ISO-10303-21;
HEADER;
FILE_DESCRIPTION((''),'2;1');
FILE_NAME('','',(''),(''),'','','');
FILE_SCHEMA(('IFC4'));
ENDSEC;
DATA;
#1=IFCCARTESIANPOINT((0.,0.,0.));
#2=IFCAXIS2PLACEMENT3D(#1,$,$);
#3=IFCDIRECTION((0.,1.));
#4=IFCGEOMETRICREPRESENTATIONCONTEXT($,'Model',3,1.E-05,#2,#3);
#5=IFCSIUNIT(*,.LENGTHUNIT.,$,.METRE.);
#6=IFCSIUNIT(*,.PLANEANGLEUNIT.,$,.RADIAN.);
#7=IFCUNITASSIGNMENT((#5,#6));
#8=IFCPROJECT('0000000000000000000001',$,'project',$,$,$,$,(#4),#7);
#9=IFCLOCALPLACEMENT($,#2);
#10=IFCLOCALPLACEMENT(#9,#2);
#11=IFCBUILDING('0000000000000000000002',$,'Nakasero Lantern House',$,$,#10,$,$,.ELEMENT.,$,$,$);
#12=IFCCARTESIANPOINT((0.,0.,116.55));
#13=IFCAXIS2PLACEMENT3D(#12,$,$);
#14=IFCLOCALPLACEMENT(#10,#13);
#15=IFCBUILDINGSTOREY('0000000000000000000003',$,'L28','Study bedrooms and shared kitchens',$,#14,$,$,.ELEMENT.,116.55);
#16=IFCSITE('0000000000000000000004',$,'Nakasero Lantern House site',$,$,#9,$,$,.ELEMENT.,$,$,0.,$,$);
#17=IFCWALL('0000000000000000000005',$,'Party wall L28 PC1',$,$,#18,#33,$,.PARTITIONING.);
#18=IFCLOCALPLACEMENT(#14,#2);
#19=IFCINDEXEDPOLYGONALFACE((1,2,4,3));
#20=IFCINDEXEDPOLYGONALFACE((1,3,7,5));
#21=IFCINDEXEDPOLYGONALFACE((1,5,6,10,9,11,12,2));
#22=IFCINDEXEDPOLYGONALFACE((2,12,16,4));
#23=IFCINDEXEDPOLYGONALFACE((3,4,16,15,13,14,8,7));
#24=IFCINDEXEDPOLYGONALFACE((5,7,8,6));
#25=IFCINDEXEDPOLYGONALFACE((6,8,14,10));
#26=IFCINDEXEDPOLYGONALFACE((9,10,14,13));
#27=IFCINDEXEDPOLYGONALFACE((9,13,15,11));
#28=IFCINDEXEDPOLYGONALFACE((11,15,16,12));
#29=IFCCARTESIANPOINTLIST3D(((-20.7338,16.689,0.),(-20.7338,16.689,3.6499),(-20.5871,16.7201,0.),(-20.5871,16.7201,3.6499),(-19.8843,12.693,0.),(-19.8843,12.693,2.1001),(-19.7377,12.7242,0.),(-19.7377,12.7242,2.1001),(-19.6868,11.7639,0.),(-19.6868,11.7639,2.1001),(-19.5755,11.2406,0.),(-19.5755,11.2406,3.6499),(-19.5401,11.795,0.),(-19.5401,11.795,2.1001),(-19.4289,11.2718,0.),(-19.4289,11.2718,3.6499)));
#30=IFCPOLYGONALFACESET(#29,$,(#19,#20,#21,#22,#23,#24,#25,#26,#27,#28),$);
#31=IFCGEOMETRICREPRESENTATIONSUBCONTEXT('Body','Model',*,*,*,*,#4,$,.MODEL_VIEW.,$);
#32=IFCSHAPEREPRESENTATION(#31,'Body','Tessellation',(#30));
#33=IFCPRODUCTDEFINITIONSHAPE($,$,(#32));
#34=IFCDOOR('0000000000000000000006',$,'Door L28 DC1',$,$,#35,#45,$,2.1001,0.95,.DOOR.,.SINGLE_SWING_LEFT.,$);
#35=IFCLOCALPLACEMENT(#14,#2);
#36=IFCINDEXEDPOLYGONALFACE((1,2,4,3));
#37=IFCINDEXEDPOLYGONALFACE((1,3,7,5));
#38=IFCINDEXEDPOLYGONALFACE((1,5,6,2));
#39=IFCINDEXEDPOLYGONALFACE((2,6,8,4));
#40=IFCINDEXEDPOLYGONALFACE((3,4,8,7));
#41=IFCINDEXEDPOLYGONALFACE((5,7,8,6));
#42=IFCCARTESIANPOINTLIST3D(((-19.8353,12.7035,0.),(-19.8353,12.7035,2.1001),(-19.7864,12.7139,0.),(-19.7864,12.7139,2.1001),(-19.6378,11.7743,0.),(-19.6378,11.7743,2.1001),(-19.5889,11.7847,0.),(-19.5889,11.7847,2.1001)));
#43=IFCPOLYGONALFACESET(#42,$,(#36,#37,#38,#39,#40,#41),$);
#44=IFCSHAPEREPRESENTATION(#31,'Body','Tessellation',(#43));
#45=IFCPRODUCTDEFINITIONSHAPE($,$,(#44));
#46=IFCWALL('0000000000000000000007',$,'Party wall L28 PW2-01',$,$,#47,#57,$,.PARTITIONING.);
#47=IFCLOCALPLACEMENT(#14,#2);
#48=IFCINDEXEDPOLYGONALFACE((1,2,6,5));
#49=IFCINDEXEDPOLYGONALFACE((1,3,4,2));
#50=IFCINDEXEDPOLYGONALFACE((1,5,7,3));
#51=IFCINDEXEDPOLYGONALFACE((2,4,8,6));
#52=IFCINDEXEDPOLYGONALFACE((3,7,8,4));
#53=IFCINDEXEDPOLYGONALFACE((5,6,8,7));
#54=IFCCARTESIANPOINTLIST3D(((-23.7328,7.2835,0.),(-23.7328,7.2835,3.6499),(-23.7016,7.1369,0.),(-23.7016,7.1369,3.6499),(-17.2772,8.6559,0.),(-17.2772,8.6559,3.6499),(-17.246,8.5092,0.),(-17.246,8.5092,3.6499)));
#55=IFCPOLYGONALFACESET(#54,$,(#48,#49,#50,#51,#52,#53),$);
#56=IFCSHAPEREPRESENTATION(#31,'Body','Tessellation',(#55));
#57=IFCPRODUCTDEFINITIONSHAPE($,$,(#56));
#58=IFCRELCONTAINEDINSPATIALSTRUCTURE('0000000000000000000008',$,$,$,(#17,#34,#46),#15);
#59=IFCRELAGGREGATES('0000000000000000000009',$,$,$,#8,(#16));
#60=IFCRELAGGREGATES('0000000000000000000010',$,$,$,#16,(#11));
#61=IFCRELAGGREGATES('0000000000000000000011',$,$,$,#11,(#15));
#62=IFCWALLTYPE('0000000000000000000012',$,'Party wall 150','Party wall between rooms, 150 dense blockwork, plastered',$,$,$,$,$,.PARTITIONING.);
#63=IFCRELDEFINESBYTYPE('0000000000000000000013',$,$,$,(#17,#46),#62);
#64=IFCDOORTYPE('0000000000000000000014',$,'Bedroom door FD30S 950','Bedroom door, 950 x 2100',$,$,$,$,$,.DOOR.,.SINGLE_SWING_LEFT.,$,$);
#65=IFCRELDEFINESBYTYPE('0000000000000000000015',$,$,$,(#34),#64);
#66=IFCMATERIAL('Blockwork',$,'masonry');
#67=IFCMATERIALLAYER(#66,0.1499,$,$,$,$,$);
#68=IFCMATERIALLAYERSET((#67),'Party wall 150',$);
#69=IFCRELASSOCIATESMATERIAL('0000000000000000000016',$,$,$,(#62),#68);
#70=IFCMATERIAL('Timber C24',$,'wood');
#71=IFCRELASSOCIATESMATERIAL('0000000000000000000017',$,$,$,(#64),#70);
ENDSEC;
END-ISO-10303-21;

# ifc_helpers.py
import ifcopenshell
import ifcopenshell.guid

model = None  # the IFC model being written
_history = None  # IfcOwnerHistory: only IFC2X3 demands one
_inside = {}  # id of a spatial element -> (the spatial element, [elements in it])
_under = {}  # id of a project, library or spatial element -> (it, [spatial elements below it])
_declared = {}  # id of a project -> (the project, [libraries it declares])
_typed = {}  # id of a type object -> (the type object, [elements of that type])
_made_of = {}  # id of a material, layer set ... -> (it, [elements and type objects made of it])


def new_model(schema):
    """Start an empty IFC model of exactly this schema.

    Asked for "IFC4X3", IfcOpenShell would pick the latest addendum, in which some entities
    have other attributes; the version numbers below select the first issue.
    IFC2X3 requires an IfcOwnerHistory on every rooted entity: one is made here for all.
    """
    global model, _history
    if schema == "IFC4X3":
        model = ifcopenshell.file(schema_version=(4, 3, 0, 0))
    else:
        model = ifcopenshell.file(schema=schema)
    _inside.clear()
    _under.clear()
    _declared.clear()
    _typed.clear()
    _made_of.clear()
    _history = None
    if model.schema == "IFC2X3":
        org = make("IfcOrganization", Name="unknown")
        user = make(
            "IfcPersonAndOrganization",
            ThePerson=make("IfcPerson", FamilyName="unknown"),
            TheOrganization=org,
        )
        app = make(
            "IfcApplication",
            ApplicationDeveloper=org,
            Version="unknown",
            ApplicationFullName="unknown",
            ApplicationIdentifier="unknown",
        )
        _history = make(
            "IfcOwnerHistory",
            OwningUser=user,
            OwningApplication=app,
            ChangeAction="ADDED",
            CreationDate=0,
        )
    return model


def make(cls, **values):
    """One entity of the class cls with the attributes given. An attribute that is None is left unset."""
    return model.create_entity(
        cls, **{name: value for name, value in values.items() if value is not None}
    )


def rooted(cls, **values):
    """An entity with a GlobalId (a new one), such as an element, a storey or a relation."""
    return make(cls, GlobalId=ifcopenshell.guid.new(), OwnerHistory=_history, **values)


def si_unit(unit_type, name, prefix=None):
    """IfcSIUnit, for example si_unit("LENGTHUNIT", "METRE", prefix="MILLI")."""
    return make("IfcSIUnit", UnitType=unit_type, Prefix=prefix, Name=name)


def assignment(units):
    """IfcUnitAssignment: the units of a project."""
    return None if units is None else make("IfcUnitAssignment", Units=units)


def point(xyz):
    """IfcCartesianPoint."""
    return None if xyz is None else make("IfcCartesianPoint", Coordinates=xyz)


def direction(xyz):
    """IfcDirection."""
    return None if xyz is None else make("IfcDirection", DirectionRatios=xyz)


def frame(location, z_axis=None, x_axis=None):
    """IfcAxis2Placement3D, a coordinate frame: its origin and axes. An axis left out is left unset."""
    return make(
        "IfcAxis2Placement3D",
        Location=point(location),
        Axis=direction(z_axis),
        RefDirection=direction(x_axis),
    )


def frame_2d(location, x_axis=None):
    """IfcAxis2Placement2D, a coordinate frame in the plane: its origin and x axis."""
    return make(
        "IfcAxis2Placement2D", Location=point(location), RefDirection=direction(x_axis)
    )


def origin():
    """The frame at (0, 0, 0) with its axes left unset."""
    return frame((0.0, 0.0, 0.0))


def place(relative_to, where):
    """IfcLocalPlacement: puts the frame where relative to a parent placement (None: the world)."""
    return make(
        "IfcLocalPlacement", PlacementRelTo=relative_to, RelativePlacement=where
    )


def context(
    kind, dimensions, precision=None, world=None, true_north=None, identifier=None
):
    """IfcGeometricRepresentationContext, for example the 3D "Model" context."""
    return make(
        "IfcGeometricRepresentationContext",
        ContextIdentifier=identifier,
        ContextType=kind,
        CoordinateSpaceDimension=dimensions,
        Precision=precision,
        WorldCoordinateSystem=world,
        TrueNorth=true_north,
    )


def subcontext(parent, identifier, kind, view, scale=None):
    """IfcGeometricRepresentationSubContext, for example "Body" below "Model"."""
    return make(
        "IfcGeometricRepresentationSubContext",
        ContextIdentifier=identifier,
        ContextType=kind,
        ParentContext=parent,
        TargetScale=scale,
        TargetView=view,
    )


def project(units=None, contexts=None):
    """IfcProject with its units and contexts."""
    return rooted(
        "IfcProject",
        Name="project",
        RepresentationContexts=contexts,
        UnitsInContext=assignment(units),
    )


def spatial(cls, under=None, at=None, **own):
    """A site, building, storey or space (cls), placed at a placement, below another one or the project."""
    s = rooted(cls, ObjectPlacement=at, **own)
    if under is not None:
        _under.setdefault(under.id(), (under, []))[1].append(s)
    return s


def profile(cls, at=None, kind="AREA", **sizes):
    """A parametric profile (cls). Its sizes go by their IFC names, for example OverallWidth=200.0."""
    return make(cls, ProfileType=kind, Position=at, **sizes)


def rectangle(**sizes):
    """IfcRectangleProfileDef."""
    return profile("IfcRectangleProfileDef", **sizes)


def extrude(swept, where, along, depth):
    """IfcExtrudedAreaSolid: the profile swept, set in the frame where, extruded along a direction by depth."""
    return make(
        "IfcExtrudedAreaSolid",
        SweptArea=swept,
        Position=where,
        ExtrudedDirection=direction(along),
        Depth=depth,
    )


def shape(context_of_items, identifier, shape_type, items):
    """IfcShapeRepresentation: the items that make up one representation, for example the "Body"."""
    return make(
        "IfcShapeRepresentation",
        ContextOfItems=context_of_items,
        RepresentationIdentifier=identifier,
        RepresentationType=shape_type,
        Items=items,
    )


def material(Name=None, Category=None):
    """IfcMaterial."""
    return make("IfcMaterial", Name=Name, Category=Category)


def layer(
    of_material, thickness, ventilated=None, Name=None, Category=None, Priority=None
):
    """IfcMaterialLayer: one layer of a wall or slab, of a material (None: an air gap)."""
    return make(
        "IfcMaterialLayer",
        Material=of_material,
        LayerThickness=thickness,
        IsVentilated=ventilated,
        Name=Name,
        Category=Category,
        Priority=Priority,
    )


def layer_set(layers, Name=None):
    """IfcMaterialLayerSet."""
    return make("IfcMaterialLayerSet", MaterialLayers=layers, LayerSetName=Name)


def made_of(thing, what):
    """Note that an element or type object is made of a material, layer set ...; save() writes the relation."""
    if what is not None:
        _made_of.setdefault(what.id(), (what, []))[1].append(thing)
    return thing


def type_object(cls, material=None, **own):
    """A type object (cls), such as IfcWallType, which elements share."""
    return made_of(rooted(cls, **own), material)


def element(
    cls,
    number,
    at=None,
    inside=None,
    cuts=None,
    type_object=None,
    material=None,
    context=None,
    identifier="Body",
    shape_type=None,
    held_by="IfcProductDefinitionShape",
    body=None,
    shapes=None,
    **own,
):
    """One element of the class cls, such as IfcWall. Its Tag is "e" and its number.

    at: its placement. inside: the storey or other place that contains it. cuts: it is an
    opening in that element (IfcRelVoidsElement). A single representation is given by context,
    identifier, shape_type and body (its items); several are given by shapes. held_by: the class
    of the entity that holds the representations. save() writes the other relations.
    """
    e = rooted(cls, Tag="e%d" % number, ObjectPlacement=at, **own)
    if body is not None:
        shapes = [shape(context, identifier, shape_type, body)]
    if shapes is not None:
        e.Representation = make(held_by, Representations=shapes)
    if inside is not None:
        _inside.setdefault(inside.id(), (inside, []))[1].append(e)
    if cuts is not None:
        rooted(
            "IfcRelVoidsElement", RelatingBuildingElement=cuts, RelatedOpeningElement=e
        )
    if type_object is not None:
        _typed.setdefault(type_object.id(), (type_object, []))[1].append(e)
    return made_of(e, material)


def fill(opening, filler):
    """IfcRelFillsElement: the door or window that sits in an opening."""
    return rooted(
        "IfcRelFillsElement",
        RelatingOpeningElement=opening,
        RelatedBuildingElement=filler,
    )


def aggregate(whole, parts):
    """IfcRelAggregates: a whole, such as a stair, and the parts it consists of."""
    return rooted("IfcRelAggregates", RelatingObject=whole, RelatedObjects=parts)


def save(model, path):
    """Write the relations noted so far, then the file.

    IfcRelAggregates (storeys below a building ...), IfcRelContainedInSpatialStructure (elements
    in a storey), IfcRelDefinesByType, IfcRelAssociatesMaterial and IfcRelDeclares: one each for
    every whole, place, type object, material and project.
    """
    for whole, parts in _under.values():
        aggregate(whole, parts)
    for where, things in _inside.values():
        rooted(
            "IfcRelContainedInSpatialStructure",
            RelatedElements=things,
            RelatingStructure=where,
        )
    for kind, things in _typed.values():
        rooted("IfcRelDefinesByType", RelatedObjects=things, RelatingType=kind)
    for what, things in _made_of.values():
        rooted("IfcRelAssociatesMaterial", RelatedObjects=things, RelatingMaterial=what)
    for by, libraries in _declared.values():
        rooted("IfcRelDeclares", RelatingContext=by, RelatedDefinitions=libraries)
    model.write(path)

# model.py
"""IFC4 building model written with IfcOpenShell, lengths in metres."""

from ifc_helpers import new_model, si_unit, direction, frame, frame_2d, origin, place, context, subcontext, project, spatial, rectangle, extrude, material, layer, layer_set, type_object, element, fill, save


model = new_model("IFC4")

# Units and contexts
model_context = context("Model", 3, precision=1e-05, world=origin(), true_north=direction((0.0, 1.0)))
body_context = subcontext(model_context, "Body", "Model", "MODEL_VIEW")
ifc_project = project(units=[si_unit("LENGTHUNIT", "METRE"), si_unit("PLANEANGLEUNIT", "RADIAN")], contexts=[model_context])

# Site, building, storey
site_placement = place(None, origin())
site = spatial("IfcSite", under=ifc_project, at=site_placement, Name="Nakasero Lantern House site", CompositionType="ELEMENT", RefElevation=0.0)
building_placement = place(site_placement, origin())
building = spatial("IfcBuilding", under=site, at=building_placement, Name="Nakasero Lantern House", CompositionType="ELEMENT")
storey_placement = place(building_placement, frame((0.0, 0.0, 116.55)))
storey = spatial("IfcBuildingStorey", under=building, at=storey_placement, Name="L28", Description="Study bedrooms and shared kitchens", CompositionType="ELEMENT", Elevation=116.55)

# Wall, opening, door
ifc_material_1 = material(Name="Blockwork", Category="masonry")
ifc_layer_1 = layer(ifc_material_1, 0.1499)
ifc_layer_set_1 = layer_set([ifc_layer_1], Name="Party wall 150")
wall_type_1 = type_object("IfcWallType", Name="Party wall 150", Description="Party wall between rooms, 150 dense blockwork, plastered", PredefinedType="PARTITIONING", material=ifc_layer_set_1)
wall_1_placement = place(storey_placement, frame((-19.5022, 11.2561, 0.0), z_axis=(0.0, 0.0, 1.0), x_axis=(-0.207936, 0.978142, 0.0)))
wall_1 = element("IfcWall", 1, at=wall_1_placement, inside=storey, type_object=wall_type_1, Name="Party wall L28 PC1", PredefinedType="PARTITIONING", context=body_context, shape_type="SweptSolid", body=[
    extrude(rectangle(XDim=5.5701, YDim=0.1499, at=frame_2d((2.7852, 0.0))), origin(), (0.0, 0.0, 1.0), 3.6499),
])
opening_1_placement = place(wall_1_placement, frame((0.5349, 0.0, 0.0)))
opening_1 = element("IfcOpeningElement", 2, at=opening_1_placement, cuts=wall_1, PredefinedType="OPENING", context=body_context, shape_type="SweptSolid", body=[
    extrude(rectangle(XDim=0.95, YDim=2.1001, at=frame_2d((0.4751, 1.05))), frame((0.0, 0.095, 0.0), z_axis=(0.0, -1.0, 0.0), x_axis=(1.0, 0.0, 0.0)), (0.0, 0.0, 1.0), 0.1899),
])
ifc_material_2 = material(Name="Timber C24", Category="wood")
door_type_1 = type_object("IfcDoorType", Name="Bedroom door FD30S 950", Description="Bedroom door, 950 x 2100", OperationType="SINGLE_SWING_LEFT", PredefinedType="DOOR", material=ifc_material_2)
door_1_placement = place(opening_1_placement, origin())
door_1 = element("IfcDoor", 3, at=door_1_placement, inside=storey, type_object=door_type_1, Name="Door L28 DC1", OperationType="SINGLE_SWING_LEFT", OverallHeight=2.1001, OverallWidth=0.95, PredefinedType="DOOR", context=body_context, shape_type="SweptSolid", body=[
    extrude(rectangle(XDim=0.95, YDim=2.1001, at=frame_2d((0.4751, 1.05))), frame((0.0, 0.0249, 0.0), z_axis=(0.0, -1.0, 0.0), x_axis=(1.0, 0.0, 0.0)), (0.0, 0.0, 1.0), 0.05),
])
fill(opening_1, door_1)

# Wall
wall_2_placement = place(storey_placement, frame((-17.2617, 8.5825, 0.0), z_axis=(0.0, 0.0, 1.0), x_axis=(-0.978143, -0.207932, 0.0)))
element("IfcWall", 4, at=wall_2_placement, inside=storey, type_object=wall_type_1, Name="Party wall L28 PW2-01", PredefinedType="PARTITIONING", context=body_context, shape_type="SweptSolid", body=[
    extrude(rectangle(XDim=6.5999, YDim=0.1499, at=frame_2d((3.2998, 0.0))), origin(), (0.0, 0.0, 1.0), 3.6499),
])

save(model, "model.ifc")
